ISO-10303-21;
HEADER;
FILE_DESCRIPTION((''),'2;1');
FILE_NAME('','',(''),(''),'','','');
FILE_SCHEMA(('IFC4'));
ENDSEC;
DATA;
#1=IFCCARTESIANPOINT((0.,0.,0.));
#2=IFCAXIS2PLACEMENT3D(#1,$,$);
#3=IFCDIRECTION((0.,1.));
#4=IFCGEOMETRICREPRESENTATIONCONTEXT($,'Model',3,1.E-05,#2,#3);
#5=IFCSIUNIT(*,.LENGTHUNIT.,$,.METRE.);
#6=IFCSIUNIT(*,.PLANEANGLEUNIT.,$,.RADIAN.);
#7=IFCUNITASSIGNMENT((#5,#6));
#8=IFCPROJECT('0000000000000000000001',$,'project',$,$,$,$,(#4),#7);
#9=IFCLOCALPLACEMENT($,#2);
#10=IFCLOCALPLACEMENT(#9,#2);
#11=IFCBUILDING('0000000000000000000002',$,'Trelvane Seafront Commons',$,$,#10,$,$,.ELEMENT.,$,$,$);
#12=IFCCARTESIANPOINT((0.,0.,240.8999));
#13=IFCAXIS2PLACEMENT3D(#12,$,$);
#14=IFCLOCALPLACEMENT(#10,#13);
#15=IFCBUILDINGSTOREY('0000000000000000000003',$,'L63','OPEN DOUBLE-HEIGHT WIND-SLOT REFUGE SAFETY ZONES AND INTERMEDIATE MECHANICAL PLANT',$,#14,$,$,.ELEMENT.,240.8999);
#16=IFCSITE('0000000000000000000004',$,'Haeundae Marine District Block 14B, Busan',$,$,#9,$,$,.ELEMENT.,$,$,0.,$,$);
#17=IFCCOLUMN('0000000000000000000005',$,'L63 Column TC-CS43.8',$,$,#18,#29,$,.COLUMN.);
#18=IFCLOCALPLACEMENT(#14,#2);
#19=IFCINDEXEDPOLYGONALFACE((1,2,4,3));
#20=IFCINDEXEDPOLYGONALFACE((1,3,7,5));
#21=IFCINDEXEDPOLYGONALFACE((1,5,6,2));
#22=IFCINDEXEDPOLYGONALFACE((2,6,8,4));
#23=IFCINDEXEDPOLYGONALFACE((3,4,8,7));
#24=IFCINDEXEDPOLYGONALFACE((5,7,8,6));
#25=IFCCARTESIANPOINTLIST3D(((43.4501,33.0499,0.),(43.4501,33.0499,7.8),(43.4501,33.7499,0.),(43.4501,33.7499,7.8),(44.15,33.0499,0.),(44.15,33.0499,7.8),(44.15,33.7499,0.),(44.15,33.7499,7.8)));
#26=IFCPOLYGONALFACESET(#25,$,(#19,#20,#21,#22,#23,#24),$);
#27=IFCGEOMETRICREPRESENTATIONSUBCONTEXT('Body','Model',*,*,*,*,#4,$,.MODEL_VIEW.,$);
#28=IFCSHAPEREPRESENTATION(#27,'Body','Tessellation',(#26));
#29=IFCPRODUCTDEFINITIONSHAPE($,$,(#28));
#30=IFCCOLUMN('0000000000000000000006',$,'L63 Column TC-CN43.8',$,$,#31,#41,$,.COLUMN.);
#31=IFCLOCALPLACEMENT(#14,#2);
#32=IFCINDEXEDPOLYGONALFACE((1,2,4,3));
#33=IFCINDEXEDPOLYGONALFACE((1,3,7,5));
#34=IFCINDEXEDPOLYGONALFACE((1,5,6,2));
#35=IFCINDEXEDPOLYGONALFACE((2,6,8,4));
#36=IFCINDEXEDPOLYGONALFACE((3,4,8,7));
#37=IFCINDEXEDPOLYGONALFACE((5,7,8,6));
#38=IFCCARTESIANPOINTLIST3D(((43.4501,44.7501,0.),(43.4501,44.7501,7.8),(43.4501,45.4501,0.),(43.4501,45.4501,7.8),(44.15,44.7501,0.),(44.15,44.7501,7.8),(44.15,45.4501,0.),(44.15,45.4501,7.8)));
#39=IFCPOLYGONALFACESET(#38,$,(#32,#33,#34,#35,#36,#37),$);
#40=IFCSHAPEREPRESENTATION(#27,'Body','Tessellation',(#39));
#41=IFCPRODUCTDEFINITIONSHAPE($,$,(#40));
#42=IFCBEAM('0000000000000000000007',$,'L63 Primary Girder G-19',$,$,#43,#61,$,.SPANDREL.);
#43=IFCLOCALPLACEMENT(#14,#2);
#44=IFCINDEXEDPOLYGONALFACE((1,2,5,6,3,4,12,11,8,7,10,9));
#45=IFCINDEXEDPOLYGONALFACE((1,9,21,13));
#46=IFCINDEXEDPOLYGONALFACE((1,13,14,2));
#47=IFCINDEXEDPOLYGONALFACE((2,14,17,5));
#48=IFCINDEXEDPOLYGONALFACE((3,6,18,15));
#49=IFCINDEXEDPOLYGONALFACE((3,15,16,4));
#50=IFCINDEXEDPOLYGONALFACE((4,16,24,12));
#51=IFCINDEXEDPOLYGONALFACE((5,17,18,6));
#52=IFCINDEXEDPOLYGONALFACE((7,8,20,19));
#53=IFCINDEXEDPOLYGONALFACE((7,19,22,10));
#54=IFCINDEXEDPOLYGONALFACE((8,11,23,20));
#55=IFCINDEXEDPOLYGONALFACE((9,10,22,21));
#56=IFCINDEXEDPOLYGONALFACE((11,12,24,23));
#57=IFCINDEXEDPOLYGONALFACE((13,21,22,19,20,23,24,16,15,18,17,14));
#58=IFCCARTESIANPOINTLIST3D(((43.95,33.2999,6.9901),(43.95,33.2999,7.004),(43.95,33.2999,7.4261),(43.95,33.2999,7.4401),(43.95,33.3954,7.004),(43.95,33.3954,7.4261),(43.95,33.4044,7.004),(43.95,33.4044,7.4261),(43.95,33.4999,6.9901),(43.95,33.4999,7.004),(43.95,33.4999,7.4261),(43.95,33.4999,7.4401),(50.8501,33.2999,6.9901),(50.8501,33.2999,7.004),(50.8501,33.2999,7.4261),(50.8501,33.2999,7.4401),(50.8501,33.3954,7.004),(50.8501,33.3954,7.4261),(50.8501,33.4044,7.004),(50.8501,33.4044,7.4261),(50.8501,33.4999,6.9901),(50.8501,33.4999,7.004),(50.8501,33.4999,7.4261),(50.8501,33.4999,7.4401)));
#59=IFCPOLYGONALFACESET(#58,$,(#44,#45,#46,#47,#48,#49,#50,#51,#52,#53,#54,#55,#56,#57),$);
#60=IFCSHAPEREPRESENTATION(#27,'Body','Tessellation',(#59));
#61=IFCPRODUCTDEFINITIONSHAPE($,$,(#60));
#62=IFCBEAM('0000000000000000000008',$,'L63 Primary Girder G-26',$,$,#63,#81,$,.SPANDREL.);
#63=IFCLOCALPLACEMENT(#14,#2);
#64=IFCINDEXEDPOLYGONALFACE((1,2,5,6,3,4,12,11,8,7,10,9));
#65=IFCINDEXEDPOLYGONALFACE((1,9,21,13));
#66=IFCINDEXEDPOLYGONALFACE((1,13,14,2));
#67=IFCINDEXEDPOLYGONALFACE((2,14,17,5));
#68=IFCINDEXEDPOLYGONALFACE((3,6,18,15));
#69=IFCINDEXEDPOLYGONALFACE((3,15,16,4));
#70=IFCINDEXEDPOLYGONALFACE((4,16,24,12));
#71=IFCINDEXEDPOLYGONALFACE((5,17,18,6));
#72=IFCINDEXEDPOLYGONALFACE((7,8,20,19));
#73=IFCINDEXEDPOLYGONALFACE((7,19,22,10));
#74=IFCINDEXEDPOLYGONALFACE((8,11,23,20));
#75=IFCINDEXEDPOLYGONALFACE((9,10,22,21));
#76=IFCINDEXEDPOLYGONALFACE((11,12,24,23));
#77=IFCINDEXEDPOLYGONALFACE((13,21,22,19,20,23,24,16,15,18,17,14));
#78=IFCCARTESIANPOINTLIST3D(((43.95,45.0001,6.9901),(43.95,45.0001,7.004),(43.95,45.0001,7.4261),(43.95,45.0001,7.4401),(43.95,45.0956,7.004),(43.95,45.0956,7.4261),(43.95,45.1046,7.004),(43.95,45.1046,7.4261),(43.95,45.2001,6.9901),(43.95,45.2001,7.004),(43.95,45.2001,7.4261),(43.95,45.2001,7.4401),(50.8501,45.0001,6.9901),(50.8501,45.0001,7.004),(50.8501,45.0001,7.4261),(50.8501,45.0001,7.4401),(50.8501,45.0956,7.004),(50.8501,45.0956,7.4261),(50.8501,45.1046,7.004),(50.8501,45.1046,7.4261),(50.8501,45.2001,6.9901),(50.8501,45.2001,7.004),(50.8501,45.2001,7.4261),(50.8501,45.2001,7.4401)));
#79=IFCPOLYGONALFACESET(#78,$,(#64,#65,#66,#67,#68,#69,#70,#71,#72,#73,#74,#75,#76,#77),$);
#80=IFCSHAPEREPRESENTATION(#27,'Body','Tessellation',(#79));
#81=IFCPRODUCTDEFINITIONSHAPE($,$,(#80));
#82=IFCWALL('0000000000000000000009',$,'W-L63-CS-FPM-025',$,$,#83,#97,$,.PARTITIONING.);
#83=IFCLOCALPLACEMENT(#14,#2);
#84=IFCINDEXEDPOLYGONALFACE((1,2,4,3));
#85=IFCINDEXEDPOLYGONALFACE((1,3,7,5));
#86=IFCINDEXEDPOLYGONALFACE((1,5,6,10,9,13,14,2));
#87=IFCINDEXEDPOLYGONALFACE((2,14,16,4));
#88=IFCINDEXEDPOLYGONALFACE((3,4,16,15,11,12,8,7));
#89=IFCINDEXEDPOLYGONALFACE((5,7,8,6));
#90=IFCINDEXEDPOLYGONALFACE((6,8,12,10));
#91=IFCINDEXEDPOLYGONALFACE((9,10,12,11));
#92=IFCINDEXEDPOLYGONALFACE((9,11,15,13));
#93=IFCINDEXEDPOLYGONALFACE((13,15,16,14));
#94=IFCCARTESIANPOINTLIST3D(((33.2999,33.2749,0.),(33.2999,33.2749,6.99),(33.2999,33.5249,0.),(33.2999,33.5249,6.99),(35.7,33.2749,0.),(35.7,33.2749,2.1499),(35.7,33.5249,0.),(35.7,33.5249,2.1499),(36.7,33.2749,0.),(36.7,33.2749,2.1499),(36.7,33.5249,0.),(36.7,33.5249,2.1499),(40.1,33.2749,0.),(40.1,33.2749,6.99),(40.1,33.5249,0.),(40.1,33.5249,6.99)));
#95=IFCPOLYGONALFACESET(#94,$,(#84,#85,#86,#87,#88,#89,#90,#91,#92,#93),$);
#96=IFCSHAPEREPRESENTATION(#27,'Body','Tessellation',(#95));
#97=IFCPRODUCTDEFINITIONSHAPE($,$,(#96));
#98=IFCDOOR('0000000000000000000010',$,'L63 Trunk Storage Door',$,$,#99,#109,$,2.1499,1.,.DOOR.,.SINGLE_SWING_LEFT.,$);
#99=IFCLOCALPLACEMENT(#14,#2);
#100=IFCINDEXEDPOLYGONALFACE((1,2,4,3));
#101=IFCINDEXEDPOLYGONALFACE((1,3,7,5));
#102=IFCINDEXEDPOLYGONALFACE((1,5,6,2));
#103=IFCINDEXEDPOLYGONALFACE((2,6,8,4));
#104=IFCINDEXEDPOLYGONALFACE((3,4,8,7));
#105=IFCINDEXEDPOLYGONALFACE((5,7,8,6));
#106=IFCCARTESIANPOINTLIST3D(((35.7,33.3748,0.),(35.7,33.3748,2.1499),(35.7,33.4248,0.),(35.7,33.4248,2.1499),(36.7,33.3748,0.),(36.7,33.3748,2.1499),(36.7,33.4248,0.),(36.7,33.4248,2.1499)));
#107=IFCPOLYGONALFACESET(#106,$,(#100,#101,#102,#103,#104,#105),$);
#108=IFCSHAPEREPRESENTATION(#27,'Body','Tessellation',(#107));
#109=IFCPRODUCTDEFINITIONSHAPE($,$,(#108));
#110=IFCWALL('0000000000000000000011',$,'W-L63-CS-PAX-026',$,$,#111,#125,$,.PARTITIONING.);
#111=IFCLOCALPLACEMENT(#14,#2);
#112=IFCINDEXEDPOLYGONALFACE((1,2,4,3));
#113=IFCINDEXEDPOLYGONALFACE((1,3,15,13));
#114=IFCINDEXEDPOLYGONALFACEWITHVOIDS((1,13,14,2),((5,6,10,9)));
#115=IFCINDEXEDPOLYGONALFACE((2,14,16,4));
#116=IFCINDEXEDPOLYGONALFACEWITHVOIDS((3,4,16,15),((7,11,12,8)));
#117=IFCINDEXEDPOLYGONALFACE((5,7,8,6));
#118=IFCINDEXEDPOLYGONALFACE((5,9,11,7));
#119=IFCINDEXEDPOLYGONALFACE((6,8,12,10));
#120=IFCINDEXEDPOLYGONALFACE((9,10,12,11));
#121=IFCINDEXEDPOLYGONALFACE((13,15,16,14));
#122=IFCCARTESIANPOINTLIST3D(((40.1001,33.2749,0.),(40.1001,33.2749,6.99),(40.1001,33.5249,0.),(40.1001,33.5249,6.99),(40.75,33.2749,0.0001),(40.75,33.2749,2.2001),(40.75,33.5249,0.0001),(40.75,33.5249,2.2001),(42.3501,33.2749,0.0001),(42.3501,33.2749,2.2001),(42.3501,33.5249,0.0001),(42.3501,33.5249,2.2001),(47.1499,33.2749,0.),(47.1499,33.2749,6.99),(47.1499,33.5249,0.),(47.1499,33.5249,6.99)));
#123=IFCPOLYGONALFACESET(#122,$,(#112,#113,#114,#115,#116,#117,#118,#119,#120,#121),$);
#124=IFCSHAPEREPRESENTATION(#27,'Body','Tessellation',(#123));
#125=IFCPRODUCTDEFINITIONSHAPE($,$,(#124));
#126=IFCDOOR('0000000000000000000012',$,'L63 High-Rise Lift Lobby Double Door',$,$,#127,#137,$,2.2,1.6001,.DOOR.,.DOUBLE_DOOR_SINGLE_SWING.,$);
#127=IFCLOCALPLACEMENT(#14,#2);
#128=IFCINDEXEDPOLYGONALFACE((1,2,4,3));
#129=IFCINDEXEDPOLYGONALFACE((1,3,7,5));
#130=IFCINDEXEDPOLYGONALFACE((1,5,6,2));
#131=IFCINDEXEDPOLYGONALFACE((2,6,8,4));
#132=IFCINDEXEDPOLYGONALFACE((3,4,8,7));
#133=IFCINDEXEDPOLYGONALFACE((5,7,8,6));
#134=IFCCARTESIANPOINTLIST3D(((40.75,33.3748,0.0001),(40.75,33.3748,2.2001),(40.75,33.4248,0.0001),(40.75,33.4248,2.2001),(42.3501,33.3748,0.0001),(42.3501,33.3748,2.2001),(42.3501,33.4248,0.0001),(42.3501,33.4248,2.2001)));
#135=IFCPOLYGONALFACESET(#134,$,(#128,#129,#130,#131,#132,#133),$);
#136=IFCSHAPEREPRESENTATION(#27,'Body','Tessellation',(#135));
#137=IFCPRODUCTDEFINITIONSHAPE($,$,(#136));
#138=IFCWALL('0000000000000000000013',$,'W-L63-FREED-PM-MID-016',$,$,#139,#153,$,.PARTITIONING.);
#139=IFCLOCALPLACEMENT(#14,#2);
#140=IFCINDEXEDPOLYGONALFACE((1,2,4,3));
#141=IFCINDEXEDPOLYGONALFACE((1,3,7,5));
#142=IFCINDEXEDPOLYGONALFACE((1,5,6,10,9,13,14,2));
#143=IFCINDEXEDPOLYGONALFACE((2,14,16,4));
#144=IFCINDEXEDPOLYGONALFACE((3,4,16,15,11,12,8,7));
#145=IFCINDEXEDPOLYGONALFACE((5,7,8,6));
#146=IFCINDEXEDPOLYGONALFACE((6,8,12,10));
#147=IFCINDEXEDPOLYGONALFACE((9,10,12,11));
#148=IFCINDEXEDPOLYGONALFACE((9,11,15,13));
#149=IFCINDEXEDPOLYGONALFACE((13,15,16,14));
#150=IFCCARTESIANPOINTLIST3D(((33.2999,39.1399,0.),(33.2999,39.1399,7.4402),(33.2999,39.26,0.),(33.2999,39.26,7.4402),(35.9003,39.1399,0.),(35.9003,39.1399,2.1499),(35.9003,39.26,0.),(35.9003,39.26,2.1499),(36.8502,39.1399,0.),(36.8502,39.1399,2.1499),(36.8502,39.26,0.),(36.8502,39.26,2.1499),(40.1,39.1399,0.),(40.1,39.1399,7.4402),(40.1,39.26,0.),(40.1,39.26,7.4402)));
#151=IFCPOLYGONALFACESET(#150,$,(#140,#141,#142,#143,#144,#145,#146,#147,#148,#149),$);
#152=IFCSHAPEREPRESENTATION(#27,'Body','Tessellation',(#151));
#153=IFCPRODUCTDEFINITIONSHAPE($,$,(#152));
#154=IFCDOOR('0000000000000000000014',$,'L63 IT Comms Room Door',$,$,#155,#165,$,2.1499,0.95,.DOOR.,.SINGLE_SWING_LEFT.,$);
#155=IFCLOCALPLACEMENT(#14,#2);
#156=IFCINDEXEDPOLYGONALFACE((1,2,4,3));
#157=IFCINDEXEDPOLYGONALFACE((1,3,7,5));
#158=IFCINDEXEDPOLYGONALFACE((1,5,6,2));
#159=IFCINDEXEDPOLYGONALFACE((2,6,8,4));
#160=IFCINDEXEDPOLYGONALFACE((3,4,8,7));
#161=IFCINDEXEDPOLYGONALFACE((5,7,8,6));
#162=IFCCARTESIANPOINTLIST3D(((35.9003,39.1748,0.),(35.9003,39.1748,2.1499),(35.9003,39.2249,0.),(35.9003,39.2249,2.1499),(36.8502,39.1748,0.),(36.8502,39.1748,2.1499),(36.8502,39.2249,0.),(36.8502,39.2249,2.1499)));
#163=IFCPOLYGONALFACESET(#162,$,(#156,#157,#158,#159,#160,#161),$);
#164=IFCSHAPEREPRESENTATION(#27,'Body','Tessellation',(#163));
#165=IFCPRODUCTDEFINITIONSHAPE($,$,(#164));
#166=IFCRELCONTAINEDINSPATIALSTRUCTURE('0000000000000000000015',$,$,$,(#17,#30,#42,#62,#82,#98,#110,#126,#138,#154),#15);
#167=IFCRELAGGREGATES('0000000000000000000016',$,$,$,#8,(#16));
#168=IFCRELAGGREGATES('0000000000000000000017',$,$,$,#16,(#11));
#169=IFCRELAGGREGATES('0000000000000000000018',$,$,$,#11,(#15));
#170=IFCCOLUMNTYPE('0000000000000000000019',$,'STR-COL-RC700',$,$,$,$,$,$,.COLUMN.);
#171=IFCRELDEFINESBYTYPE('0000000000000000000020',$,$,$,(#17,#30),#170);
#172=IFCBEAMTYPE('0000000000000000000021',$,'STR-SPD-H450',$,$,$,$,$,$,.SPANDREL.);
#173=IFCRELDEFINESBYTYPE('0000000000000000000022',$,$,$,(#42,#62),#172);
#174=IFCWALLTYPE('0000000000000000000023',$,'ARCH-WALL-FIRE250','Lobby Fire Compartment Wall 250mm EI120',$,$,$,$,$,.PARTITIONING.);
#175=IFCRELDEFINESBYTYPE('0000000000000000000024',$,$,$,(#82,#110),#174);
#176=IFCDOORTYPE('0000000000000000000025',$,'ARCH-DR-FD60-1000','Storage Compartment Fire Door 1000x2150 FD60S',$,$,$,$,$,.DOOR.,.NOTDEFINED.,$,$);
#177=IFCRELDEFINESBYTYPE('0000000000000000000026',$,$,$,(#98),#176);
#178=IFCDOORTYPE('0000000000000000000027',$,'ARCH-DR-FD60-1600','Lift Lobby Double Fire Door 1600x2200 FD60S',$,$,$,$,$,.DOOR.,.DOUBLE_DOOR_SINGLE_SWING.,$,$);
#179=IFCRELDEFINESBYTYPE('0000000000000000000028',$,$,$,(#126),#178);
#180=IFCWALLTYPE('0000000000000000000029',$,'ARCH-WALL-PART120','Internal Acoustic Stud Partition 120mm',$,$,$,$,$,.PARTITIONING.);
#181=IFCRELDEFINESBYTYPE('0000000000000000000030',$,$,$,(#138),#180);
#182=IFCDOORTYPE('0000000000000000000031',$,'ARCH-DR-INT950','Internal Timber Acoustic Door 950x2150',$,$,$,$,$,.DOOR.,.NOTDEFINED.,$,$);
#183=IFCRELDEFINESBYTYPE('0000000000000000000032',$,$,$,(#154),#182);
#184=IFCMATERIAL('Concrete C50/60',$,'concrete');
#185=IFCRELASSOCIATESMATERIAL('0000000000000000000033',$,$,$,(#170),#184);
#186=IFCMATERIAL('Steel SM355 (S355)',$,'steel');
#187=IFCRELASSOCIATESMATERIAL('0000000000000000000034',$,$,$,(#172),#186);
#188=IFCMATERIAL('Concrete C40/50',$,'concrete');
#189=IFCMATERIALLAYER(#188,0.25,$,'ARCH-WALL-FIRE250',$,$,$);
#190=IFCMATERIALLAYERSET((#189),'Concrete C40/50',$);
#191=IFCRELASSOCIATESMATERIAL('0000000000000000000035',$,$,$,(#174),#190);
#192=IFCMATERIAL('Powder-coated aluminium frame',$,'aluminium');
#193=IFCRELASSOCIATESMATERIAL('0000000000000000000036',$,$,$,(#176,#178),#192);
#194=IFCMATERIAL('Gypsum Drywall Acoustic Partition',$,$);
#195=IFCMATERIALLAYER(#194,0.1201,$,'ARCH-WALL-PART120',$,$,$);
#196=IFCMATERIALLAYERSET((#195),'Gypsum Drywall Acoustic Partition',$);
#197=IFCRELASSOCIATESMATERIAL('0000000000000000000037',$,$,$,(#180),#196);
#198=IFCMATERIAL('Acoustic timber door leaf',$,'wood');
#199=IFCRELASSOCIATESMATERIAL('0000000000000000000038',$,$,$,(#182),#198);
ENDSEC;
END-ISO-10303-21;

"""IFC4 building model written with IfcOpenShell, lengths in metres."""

from ifc_helpers import new_model, si_unit, direction, frame, frame_2d, origin, origin_2d, place, context, subcontext, project, spatial, rectangle, i_section, extrude, source, transform, mapped, material, layer, layer_set, material_profile, profile_set, type_object, element, fill, save


model = new_model("IFC4")

# Units and contexts
model_context = context("Model", 3, precision=1e-05, world=origin(), true_north=direction((0.0, 1.0)))
body_context = subcontext(model_context, "Body", "Model", "MODEL_VIEW")
ifc_project = project(units=[si_unit("LENGTHUNIT", "METRE"), si_unit("PLANEANGLEUNIT", "RADIAN")], contexts=[model_context])

# Site, building, storey
site_placement = place(None, origin())
site = spatial("IfcSite", under=ifc_project, at=site_placement, Name="Haeundae Marine District Block 14B, Busan", CompositionType="ELEMENT", RefElevation=0.0)
building_placement = place(site_placement, origin())
building = spatial("IfcBuilding", under=site, at=building_placement, Name="Trelvane Seafront Commons", CompositionType="ELEMENT")
storey_placement = place(building_placement, frame((0.0, 0.0, 240.8999)))
storey = spatial("IfcBuildingStorey", under=building, at=storey_placement, Name="L63", Description="OPEN DOUBLE-HEIGHT WIND-SLOT REFUGE SAFETY ZONES AND INTERMEDIATE MECHANICAL PLANT", CompositionType="ELEMENT", Elevation=240.8999)

# Columns
ifc_material_1 = material(Name="Concrete C50/60", Category="concrete")
ifc_material_profile_1 = material_profile(ifc_material_1, rectangle(XDim=0.7, YDim=0.7, at=origin_2d()), Name="RC-700x700")
ifc_profile_set_1 = profile_set([ifc_material_profile_1], Name="Concrete C50/60")
column_type = type_object("IfcColumnType", Name="STR-COL-RC700", PredefinedType="COLUMN", material=ifc_profile_set_1)
shared_shape_1 = source(origin(), body_context, "Body", "SweptSolid", [
    extrude(rectangle(XDim=0.7, YDim=0.7, at=origin_2d()), origin(), (0.0, 0.0, 1.0), 7.8),
])
for number, where, z_axis, x_axis, name in (
    (1, (43.8, 33.3999, 0.0), (0.0, 0.0, 1.0), (1.0, 0.0, 0.0), "L63 Column TC-CS43.8"),
    (2, (43.8, 45.1001, 0.0), (0.0, 0.0, 1.0), (1.0, 0.0, 0.0), "L63 Column TC-CN43.8"),
):
    element("IfcColumn", number, at=place(storey_placement, frame(where, z_axis=z_axis, x_axis=x_axis)), inside=storey, type_object=column_type, Name=name, PredefinedType="COLUMN", context=body_context, shape_type="MappedRepresentation", body=[
        mapped(shared_shape_1, transform((0.0, 0.0, 0.0), x_axis=(1.0, 0.0, 0.0), y_axis=(0.0, 1.0, 0.0), z_axis=(0.0, 0.0, 1.0), scale=1.0)),
    ])

# Beams
ifc_material_2 = material(Name="Steel SM355 (S355)", Category="steel")
ifc_material_profile_2 = material_profile(ifc_material_2, i_section(OverallWidth=0.2, OverallDepth=0.45, WebThickness=0.009, FlangeThickness=0.0139, at=origin_2d()), Name="H-450x200x9x14")
ifc_profile_set_2 = profile_set([ifc_material_profile_2], Name="Steel SM355 (S355)")
beam_type = type_object("IfcBeamType", Name="STR-SPD-H450", PredefinedType="SPANDREL", material=ifc_profile_set_2)
shared_shape_2 = source(origin(), body_context, "Body", "SweptSolid", [
    extrude(i_section(OverallWidth=0.2, OverallDepth=0.45, WebThickness=0.009, FlangeThickness=0.0139, at=origin_2d()), origin(), (0.0, 0.0, 1.0), 6.9001),
])
for number, where, z_axis, x_axis, name in (
    (3, (43.95, 33.3999, 7.2151), (1.0, 0.0, 0.0), (0.0, 1.0, 0.0), "L63 Primary Girder G-19"),
    (4, (43.95, 45.1001, 7.2151), (1.0, 0.0, 0.0), (0.0, 1.0, 0.0), "L63 Primary Girder G-26"),
):
    element("IfcBeam", number, at=place(storey_placement, frame(where, z_axis=z_axis, x_axis=x_axis)), inside=storey, type_object=beam_type, Name=name, PredefinedType="SPANDREL", context=body_context, shape_type="MappedRepresentation", body=[
        mapped(shared_shape_2, transform((0.0, 0.0, 0.0), x_axis=(1.0, 0.0, 0.0), y_axis=(0.0, 1.0, 0.0), z_axis=(0.0, 0.0, 1.0), scale=1.0)),
    ])

# Walls, openings, doors
ifc_material_3 = material(Name="Concrete C40/50", Category="concrete")
ifc_layer_1 = layer(ifc_material_3, 0.25, Name="ARCH-WALL-FIRE250")
ifc_layer_set_1 = layer_set([ifc_layer_1], Name="Concrete C40/50")
wall_type_1 = type_object("IfcWallType", Name="ARCH-WALL-FIRE250", Description="Lobby Fire Compartment Wall 250mm EI120", PredefinedType="PARTITIONING", material=ifc_layer_set_1)
wall_1_placement = place(storey_placement, frame((33.3, 33.3999, 0.0), z_axis=(0.0, 0.0, 1.0), x_axis=(1.0, 0.0, 0.0)))
wall_1 = element("IfcWall", 5, at=wall_1_placement, inside=storey, type_object=wall_type_1, Name="W-L63-CS-FPM-025", PredefinedType="PARTITIONING", context=body_context, shape_type="SweptSolid", body=[
    extrude(rectangle(XDim=6.8, YDim=0.25, at=frame_2d((3.3999, 0.0))), origin(), (0.0, 0.0, 1.0), 6.99),
])
opening_1_placement = place(wall_1_placement, frame((2.3999, 0.0, 0.0)))
opening_1 = element("IfcOpeningElement", 6, at=opening_1_placement, cuts=wall_1, PredefinedType="OPENING", context=body_context, shape_type="SweptSolid", body=[
    extrude(rectangle(XDim=1.0, YDim=2.1499, at=frame_2d((0.5, 1.075))), frame((0.0, 0.135, 0.0), z_axis=(0.0, -1.0, 0.0), x_axis=(1.0, 0.0, 0.0)), (0.0, 0.0, 1.0), 0.27),
])
ifc_material_4 = material(Name="Powder-coated aluminium frame", Category="aluminium")
door_type_1 = type_object("IfcDoorType", Name="ARCH-DR-FD60-1000", Description="Storage Compartment Fire Door 1000x2150 FD60S", OperationType="NOTDEFINED", PredefinedType="DOOR", material=ifc_material_4)
shared_shape_3 = source(origin(), body_context, "Body", "SweptSolid", [
    extrude(rectangle(XDim=1.0, YDim=2.1499, at=frame_2d((0.5, 1.075))), frame((0.0, 0.0249, 0.0), z_axis=(0.0, -1.0, 0.0), x_axis=(1.0, 0.0, 0.0)), (0.0, 0.0, 1.0), 0.05),
])
door_1_placement = place(opening_1_placement, origin())
door_1 = element("IfcDoor", 7, at=door_1_placement, inside=storey, type_object=door_type_1, Name="L63 Trunk Storage Door", OperationType="SINGLE_SWING_LEFT", OverallHeight=2.1499, OverallWidth=1.0, PredefinedType="DOOR", context=body_context, shape_type="MappedRepresentation", body=[
    mapped(shared_shape_3, transform((0.0, 0.0, 0.0), x_axis=(1.0, 0.0, 0.0), y_axis=(0.0, 1.0, 0.0), z_axis=(0.0, 0.0, 1.0), scale=1.0)),
])
fill(opening_1, door_1)
wall_2_placement = place(storey_placement, frame((40.1001, 33.3999, 0.0), z_axis=(0.0, 0.0, 1.0), x_axis=(1.0, 0.0, 0.0)))
wall_2 = element("IfcWall", 8, at=wall_2_placement, inside=storey, type_object=wall_type_1, Name="W-L63-CS-PAX-026", PredefinedType="PARTITIONING", context=body_context, shape_type="SweptSolid", body=[
    extrude(rectangle(XDim=7.0498, YDim=0.25, at=frame_2d((3.5249, 0.0))), origin(), (0.0, 0.0, 1.0), 6.99),
])
opening_2_placement = place(wall_2_placement, frame((0.6499, 0.0, 0.0)))
opening_2 = element("IfcOpeningElement", 9, at=opening_2_placement, cuts=wall_2, PredefinedType="OPENING", context=body_context, shape_type="SweptSolid", body=[
    extrude(rectangle(XDim=1.6001, YDim=2.2, at=frame_2d((0.8, 1.1001))), frame((0.0, 0.135, 0.0), z_axis=(0.0, -1.0, 0.0), x_axis=(1.0, 0.0, 0.0)), (0.0, 0.0, 1.0), 0.27),
])
door_type_2 = type_object("IfcDoorType", Name="ARCH-DR-FD60-1600", Description="Lift Lobby Double Fire Door 1600x2200 FD60S", OperationType="DOUBLE_DOOR_SINGLE_SWING", PredefinedType="DOOR", material=ifc_material_4)
shared_shape_4 = source(origin(), body_context, "Body", "SweptSolid", [
    extrude(rectangle(XDim=1.6001, YDim=2.2, at=frame_2d((0.8, 1.1001))), frame((0.0, 0.0249, 0.0), z_axis=(0.0, -1.0, 0.0), x_axis=(1.0, 0.0, 0.0)), (0.0, 0.0, 1.0), 0.05),
])
door_2_placement = place(opening_2_placement, origin())
door_2 = element("IfcDoor", 10, at=door_2_placement, inside=storey, type_object=door_type_2, Name="L63 High-Rise Lift Lobby Double Door", OperationType="DOUBLE_DOOR_SINGLE_SWING", OverallHeight=2.2, OverallWidth=1.6001, PredefinedType="DOOR", context=body_context, shape_type="MappedRepresentation", body=[
    mapped(shared_shape_4, transform((0.0, 0.0, 0.0), x_axis=(1.0, 0.0, 0.0), y_axis=(0.0, 1.0, 0.0), z_axis=(0.0, 0.0, 1.0), scale=1.0)),
])
fill(opening_2, door_2)
ifc_material_5 = material(Name="Gypsum Drywall Acoustic Partition")
ifc_layer_2 = layer(ifc_material_5, 0.1201, Name="ARCH-WALL-PART120")
ifc_layer_set_2 = layer_set([ifc_layer_2], Name="Gypsum Drywall Acoustic Partition")
wall_type_2 = type_object("IfcWallType", Name="ARCH-WALL-PART120", Description="Internal Acoustic Stud Partition 120mm", PredefinedType="PARTITIONING", material=ifc_layer_set_2)
wall_3_placement = place(storey_placement, frame((33.3, 39.2, 0.0), z_axis=(0.0, 0.0, 1.0), x_axis=(1.0, 0.0, 0.0)))
wall_3 = element("IfcWall", 11, at=wall_3_placement, inside=storey, type_object=wall_type_2, Name="W-L63-FREED-PM-MID-016", PredefinedType="PARTITIONING", context=body_context, shape_type="SweptSolid", body=[
    extrude(rectangle(XDim=6.8, YDim=0.1201, at=frame_2d((3.3999, 0.0))), origin(), (0.0, 0.0, 1.0), 7.4402),
])
opening_3_placement = place(wall_3_placement, frame((2.6001, 0.0, 0.0)))
opening_3 = element("IfcOpeningElement", 12, at=opening_3_placement, cuts=wall_3, PredefinedType="OPENING", context=body_context, shape_type="SweptSolid", body=[
    extrude(rectangle(XDim=0.95, YDim=2.1499, at=frame_2d((0.4751, 1.075))), frame((0.0, 0.0701, 0.0), z_axis=(0.0, -1.0, 0.0), x_axis=(1.0, 0.0, 0.0)), (0.0, 0.0, 1.0), 0.1401),
])
ifc_material_6 = material(Name="Acoustic timber door leaf", Category="wood")
door_type_3 = type_object("IfcDoorType", Name="ARCH-DR-INT950", Description="Internal Timber Acoustic Door 950x2150", OperationType="NOTDEFINED", PredefinedType="DOOR", material=ifc_material_6)
shared_shape_5 = source(origin(), body_context, "Body", "SweptSolid", [
    extrude(rectangle(XDim=0.95, YDim=2.1499, at=frame_2d((0.4751, 1.075))), frame((0.0, 0.0249, 0.0), z_axis=(0.0, -1.0, 0.0), x_axis=(1.0, 0.0, 0.0)), (0.0, 0.0, 1.0), 0.05),
])
door_3_placement = place(opening_3_placement, origin())
door_3 = element("IfcDoor", 13, at=door_3_placement, inside=storey, type_object=door_type_3, Name="L63 IT Comms Room Door", OperationType="SINGLE_SWING_LEFT", OverallHeight=2.1499, OverallWidth=0.95, PredefinedType="DOOR", context=body_context, shape_type="MappedRepresentation", body=[
    mapped(shared_shape_5, transform((0.0, 0.0, 0.0), x_axis=(1.0, 0.0, 0.0), y_axis=(0.0, 1.0, 0.0), z_axis=(0.0, 0.0, 1.0), scale=1.0)),
])
fill(opening_3, door_3)

save(model, "model.ifc")
